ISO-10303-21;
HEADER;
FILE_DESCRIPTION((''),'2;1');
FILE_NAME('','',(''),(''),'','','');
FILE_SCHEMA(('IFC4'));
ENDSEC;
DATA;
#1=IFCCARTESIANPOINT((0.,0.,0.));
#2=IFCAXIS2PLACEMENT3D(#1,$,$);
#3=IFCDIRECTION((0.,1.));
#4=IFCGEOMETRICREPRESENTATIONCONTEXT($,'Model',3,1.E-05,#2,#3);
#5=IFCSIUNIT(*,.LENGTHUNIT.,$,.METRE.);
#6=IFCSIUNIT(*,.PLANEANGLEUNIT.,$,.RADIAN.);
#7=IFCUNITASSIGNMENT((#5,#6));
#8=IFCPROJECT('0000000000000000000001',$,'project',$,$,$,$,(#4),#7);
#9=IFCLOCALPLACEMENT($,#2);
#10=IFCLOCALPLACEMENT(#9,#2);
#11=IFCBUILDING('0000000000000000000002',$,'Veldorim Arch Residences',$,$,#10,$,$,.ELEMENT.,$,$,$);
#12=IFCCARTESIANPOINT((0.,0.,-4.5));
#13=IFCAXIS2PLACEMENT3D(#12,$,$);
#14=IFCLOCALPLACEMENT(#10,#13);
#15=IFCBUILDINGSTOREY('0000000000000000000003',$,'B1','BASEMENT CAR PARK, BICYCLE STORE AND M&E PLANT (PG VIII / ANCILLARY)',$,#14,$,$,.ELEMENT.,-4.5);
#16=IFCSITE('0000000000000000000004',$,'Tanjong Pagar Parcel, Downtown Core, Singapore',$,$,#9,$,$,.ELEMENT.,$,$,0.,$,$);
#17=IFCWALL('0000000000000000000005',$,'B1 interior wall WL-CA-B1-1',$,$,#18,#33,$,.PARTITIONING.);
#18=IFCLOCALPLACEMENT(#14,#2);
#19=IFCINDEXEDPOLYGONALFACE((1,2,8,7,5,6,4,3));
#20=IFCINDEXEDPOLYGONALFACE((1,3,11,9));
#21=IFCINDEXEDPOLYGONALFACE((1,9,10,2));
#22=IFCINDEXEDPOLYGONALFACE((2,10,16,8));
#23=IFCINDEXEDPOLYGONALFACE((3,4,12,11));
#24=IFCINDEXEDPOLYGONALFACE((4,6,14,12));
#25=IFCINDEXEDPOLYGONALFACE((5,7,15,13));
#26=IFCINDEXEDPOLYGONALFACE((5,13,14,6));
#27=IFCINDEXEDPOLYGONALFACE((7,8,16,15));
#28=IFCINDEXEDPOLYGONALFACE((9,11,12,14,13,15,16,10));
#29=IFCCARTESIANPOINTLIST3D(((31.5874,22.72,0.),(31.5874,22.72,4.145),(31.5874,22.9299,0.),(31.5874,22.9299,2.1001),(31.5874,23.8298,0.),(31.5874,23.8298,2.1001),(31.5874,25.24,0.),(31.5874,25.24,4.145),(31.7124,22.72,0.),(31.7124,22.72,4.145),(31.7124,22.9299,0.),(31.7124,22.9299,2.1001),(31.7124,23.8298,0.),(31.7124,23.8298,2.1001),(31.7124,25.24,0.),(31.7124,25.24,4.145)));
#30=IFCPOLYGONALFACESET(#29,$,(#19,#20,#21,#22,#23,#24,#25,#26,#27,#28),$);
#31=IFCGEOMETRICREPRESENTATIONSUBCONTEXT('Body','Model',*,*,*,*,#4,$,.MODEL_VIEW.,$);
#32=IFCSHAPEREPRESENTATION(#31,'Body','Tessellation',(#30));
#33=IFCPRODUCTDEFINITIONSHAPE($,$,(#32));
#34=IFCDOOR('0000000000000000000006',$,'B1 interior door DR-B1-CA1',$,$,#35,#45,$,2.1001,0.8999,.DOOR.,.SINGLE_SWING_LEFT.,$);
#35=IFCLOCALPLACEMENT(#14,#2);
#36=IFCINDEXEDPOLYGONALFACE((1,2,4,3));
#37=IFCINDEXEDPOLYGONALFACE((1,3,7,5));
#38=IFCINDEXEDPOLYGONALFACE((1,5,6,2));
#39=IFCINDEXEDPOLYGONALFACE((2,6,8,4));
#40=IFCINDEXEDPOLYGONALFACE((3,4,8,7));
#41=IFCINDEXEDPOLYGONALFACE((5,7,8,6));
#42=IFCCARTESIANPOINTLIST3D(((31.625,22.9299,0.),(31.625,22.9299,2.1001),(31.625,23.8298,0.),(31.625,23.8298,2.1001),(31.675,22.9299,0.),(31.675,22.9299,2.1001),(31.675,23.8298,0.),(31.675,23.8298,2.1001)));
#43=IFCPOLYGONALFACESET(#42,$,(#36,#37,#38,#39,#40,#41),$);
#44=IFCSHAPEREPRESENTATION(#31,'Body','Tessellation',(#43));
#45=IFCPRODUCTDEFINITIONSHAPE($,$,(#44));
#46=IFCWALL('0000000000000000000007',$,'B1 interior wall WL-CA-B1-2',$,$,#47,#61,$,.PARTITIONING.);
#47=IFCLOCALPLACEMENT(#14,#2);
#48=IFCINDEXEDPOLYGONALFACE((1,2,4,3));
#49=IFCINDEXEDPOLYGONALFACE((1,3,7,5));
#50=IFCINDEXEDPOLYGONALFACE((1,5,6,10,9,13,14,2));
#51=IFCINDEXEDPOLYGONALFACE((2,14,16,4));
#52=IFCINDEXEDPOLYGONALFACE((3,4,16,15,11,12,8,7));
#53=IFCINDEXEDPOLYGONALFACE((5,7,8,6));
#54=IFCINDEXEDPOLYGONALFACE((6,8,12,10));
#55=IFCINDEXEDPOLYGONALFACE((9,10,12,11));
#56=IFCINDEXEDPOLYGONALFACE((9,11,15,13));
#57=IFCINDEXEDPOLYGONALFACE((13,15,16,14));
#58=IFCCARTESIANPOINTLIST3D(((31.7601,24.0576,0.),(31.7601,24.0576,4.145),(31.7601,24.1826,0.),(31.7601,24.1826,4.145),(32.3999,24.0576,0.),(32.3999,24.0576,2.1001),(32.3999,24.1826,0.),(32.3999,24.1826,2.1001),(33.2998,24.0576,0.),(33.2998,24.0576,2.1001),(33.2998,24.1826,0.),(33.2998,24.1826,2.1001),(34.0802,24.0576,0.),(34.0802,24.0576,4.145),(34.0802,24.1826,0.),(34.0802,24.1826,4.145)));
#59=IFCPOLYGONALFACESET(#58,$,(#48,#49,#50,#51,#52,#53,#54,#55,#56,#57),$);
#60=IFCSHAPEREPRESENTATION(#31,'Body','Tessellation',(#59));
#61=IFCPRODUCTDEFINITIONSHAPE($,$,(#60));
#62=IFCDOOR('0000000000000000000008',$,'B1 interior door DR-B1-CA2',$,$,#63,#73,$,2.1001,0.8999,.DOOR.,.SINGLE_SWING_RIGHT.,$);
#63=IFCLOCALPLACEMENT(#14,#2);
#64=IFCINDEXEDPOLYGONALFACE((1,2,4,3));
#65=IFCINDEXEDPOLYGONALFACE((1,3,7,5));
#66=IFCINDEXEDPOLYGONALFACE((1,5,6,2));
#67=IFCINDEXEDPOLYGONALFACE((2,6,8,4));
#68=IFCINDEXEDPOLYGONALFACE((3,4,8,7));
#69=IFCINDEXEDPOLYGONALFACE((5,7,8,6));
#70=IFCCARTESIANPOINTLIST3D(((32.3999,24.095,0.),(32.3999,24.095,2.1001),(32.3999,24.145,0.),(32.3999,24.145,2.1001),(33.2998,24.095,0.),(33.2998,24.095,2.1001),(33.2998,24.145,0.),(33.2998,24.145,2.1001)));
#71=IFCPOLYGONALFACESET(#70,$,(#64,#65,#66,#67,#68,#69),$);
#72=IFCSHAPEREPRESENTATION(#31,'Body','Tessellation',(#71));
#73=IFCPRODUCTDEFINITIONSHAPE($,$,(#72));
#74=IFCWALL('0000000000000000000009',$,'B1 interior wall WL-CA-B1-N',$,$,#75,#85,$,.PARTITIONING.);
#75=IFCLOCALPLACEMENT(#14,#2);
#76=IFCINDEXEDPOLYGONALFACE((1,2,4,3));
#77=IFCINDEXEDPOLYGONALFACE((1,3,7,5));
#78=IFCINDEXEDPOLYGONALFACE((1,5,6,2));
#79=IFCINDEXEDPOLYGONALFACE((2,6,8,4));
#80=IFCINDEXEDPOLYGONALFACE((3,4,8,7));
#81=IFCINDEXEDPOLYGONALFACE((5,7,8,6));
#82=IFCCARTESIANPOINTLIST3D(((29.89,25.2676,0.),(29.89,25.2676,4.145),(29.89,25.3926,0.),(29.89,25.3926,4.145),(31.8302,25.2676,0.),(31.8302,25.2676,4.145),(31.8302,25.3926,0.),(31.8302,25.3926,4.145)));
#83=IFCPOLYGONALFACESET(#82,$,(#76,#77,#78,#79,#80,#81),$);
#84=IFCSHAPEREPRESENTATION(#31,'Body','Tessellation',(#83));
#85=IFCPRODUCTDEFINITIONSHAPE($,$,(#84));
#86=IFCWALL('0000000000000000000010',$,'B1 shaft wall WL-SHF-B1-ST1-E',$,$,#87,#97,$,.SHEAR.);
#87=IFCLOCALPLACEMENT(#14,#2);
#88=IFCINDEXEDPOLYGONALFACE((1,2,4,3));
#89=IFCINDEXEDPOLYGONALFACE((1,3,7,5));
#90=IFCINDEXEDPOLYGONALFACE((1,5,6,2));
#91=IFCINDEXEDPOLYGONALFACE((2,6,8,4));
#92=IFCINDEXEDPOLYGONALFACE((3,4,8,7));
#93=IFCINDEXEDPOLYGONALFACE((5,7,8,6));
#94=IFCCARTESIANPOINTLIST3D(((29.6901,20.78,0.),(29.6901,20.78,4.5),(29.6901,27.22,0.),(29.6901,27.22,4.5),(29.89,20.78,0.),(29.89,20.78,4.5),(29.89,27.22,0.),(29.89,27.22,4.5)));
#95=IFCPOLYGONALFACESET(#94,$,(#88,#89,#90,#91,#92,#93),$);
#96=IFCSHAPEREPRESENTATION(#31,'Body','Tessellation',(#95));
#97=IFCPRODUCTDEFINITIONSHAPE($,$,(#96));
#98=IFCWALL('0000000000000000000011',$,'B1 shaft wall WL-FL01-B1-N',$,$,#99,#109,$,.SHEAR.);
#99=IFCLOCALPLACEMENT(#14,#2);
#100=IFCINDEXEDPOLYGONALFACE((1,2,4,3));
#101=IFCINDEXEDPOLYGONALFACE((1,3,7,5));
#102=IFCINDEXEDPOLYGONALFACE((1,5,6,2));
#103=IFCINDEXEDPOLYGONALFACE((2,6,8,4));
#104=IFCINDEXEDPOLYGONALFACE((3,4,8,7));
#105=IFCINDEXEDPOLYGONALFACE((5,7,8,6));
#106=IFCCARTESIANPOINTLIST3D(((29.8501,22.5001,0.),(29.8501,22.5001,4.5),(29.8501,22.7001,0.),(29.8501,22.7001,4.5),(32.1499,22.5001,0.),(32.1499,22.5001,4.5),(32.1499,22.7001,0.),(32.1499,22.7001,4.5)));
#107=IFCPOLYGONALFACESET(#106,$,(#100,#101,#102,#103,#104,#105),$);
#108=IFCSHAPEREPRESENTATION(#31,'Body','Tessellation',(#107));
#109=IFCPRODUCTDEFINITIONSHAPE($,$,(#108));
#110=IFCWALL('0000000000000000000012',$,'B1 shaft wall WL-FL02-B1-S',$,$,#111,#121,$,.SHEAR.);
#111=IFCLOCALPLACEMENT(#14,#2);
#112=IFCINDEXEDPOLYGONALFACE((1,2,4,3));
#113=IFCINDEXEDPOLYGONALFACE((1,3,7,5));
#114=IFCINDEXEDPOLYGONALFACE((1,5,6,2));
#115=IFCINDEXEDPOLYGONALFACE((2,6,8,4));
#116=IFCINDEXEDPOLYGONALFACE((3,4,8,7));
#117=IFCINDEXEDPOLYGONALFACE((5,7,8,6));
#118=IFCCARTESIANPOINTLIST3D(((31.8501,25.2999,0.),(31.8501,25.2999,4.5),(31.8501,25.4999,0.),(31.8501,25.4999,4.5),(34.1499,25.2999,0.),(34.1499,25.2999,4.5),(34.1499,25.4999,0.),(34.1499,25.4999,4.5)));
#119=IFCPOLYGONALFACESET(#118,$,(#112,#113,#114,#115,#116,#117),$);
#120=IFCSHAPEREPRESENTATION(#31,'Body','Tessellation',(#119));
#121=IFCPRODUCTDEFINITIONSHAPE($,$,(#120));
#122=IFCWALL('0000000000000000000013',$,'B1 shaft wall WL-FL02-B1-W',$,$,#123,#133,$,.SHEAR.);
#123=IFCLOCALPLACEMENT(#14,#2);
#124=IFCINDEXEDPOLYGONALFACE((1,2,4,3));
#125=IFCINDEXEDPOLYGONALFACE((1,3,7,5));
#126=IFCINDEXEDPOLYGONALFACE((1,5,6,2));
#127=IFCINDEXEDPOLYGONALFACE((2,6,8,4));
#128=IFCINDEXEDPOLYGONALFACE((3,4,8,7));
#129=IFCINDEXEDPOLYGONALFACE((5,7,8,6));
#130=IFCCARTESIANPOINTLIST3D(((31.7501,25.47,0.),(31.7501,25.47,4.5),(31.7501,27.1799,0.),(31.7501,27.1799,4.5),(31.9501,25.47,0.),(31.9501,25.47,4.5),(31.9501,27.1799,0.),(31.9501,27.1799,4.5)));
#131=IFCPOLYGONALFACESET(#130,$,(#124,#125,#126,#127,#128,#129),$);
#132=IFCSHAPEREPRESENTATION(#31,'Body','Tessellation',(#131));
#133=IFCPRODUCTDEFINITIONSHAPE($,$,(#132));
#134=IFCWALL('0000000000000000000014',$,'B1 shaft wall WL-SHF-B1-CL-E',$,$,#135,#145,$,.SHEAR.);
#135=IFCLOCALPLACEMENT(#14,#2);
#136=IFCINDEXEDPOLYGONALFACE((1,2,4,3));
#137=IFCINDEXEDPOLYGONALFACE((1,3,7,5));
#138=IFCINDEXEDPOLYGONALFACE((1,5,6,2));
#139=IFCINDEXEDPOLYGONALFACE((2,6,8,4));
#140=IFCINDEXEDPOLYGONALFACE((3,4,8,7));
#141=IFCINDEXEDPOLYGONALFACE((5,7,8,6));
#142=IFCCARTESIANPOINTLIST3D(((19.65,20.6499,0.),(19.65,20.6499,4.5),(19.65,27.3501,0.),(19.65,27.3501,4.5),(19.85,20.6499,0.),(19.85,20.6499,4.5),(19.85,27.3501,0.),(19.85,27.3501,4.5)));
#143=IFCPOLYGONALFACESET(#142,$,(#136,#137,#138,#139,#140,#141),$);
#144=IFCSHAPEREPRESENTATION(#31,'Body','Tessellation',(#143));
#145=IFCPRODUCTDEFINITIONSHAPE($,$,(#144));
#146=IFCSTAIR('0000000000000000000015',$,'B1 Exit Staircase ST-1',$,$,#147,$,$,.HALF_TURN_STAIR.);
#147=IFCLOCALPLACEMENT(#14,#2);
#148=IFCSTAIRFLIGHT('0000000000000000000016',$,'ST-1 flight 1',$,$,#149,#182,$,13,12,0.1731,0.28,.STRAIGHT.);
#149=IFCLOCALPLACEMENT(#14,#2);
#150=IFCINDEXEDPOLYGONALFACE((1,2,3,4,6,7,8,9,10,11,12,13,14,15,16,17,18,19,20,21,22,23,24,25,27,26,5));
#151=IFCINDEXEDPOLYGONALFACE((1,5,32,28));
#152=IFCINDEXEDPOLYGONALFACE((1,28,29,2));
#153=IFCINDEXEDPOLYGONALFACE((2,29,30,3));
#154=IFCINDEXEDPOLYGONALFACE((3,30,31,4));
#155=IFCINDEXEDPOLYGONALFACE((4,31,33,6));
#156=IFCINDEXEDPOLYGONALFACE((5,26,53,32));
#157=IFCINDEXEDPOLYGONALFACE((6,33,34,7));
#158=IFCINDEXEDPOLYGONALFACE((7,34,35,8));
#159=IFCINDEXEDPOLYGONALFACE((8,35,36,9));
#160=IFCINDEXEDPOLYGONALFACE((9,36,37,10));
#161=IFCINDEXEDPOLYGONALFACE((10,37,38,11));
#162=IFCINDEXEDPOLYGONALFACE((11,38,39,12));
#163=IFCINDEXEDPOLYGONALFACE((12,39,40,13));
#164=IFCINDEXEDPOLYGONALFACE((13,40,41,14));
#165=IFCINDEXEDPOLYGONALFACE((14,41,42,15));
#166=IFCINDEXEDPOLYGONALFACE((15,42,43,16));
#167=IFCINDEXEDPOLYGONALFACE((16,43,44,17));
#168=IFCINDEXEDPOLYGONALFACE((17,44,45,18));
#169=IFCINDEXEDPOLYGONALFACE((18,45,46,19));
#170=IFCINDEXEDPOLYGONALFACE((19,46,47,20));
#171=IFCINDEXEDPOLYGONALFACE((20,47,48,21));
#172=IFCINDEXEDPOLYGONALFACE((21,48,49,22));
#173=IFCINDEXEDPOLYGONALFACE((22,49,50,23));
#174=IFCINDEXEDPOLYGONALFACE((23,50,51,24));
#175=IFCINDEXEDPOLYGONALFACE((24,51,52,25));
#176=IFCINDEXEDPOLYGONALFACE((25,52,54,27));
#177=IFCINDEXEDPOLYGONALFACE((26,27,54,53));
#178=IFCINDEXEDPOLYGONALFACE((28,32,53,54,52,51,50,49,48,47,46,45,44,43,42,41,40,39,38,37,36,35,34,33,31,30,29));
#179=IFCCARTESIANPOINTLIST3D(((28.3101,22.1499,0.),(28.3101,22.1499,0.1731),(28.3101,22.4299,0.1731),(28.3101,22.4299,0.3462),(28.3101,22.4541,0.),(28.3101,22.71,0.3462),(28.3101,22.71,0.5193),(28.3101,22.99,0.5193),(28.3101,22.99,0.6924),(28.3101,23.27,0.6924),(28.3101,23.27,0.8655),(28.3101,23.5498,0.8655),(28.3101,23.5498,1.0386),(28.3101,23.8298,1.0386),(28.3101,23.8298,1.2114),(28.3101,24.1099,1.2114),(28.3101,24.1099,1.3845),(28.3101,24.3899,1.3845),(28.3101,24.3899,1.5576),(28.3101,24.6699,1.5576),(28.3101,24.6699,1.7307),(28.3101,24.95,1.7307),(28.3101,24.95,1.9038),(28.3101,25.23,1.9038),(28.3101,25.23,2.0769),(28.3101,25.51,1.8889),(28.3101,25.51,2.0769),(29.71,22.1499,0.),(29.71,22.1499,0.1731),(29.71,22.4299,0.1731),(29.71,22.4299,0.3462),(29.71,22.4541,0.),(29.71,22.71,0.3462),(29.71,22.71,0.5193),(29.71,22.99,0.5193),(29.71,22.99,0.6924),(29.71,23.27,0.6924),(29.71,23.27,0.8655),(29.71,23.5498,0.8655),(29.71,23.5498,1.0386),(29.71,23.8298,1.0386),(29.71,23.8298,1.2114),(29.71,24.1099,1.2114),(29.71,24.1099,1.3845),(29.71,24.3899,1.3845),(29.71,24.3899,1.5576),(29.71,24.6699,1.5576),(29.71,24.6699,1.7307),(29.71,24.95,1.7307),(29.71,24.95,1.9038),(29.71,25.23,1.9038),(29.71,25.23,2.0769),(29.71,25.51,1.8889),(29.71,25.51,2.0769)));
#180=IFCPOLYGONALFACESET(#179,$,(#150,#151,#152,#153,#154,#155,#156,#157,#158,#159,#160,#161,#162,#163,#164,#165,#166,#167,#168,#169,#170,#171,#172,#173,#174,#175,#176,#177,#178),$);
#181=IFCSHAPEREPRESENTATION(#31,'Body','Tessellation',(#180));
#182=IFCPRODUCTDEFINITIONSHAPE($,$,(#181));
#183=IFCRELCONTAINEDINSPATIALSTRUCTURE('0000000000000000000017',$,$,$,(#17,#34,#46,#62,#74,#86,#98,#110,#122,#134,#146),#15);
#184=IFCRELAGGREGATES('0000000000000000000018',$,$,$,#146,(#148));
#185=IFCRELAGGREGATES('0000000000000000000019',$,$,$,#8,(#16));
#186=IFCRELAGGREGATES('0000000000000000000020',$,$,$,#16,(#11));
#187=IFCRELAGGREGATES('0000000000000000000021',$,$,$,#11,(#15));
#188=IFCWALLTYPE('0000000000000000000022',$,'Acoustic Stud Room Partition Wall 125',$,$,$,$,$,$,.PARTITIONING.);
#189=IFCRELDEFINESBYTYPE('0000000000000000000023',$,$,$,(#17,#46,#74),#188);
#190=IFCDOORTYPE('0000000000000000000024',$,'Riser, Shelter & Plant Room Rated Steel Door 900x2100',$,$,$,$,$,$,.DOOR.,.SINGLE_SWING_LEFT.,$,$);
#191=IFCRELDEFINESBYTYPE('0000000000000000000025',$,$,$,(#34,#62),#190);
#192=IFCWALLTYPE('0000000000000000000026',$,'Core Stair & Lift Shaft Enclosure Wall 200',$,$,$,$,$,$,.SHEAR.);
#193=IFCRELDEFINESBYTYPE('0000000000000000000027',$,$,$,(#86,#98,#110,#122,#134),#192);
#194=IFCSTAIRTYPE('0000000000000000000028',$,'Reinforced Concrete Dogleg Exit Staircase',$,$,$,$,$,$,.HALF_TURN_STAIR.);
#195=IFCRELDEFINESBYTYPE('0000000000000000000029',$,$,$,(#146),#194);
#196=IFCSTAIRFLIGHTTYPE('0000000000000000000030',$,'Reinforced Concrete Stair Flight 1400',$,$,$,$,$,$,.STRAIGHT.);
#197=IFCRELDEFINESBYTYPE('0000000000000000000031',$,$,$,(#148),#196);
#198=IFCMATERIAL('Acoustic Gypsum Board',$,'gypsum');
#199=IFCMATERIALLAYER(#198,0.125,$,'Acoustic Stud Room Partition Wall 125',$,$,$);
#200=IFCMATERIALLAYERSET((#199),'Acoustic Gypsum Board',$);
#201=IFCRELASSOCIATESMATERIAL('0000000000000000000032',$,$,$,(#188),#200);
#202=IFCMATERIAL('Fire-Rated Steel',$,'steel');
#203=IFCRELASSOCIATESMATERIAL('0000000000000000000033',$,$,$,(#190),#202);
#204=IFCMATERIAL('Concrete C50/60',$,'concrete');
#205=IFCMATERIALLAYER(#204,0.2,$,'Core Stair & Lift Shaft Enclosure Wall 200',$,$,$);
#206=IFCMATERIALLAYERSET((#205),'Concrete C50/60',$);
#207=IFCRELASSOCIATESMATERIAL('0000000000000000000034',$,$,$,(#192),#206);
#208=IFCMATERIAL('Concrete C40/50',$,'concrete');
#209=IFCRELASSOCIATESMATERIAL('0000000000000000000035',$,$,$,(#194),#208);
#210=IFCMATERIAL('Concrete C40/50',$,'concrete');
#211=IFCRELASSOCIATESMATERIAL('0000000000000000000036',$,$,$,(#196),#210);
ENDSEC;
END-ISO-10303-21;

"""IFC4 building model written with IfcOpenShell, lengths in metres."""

from ifc_helpers import new_model, si_unit, direction, frame, frame_2d, origin, place, context, subcontext, project, spatial, polyline, rectangle, outline, extrude, material, layer, layer_set, type_object, element, fill, aggregate, save


model = new_model("IFC4")

# Units and contexts
model_context = context("Model", 3, precision=1e-05, world=origin(), true_north=direction((0.0, 1.0)))
body_context = subcontext(model_context, "Body", "Model", "MODEL_VIEW")
ifc_project = project(units=[si_unit("LENGTHUNIT", "METRE"), si_unit("PLANEANGLEUNIT", "RADIAN")], contexts=[model_context])

# Site, building, storey
site_placement = place(None, origin())
site = spatial("IfcSite", under=ifc_project, at=site_placement, Name="Tanjong Pagar Parcel, Downtown Core, Singapore", CompositionType="ELEMENT", RefElevation=0.0)
building_placement = place(site_placement, origin())
building = spatial("IfcBuilding", under=site, at=building_placement, Name="Veldorim Arch Residences", CompositionType="ELEMENT")
storey_placement = place(building_placement, frame((0.0, 0.0, -4.5)))
storey = spatial("IfcBuildingStorey", under=building, at=storey_placement, Name="B1", Description="BASEMENT CAR PARK, BICYCLE STORE AND M&E PLANT (PG VIII / ANCILLARY)", CompositionType="ELEMENT", Elevation=-4.5)

# Walls, openings, doors
ifc_material_1 = material(Name="Acoustic Gypsum Board", Category="gypsum")
ifc_layer_1 = layer(ifc_material_1, 0.125, Name="Acoustic Stud Room Partition Wall 125")
ifc_layer_set_1 = layer_set([ifc_layer_1], Name="Acoustic Gypsum Board")
wall_type_1 = type_object("IfcWallType", Name="Acoustic Stud Room Partition Wall 125", PredefinedType="PARTITIONING", material=ifc_layer_set_1)
wall_1_placement = place(storey_placement, frame((31.6499, 22.72, 0.0), z_axis=(0.0, 0.0, 1.0), x_axis=(0.0, 1.0, 0.0)))
wall_1 = element("IfcWall", 1, at=wall_1_placement, inside=storey, type_object=wall_type_1, Name="B1 interior wall WL-CA-B1-1", PredefinedType="PARTITIONING", context=body_context, shape_type="SweptSolid", body=[
    extrude(rectangle(XDim=2.52, YDim=0.125, at=frame_2d((1.26, 0.0))), origin(), (0.0, 0.0, 1.0), 4.145),
])
opening_1_placement = place(wall_1_placement, frame((0.21, 0.0, 0.0)))
opening_1 = element("IfcOpeningElement", 2, at=opening_1_placement, cuts=wall_1, PredefinedType="OPENING", context=body_context, shape_type="SweptSolid", body=[
    extrude(rectangle(XDim=0.8999, YDim=2.1001, at=frame_2d((0.45, 1.05))), frame((0.0, 0.0725, 0.0), z_axis=(0.0, -1.0, 0.0), x_axis=(1.0, 0.0, 0.0)), (0.0, 0.0, 1.0), 0.145),
])
ifc_material_2 = material(Name="Fire-Rated Steel", Category="steel")
door_type_1 = type_object("IfcDoorType", Name="Riser, Shelter & Plant Room Rated Steel Door 900x2100", OperationType="SINGLE_SWING_LEFT", PredefinedType="DOOR", material=ifc_material_2)
door_1_placement = place(opening_1_placement, origin())
door_1 = element("IfcDoor", 3, at=door_1_placement, inside=storey, type_object=door_type_1, Name="B1 interior door DR-B1-CA1", OperationType="SINGLE_SWING_LEFT", OverallHeight=2.1001, OverallWidth=0.8999, PredefinedType="DOOR", context=body_context, shape_type="SweptSolid", body=[
    extrude(rectangle(XDim=0.8999, YDim=2.1001, at=frame_2d((0.45, 1.05))), frame((0.0, 0.0249, 0.0), z_axis=(0.0, -1.0, 0.0), x_axis=(1.0, 0.0, 0.0)), (0.0, 0.0, 1.0), 0.05),
])
fill(opening_1, door_1)
wall_2_placement = place(storey_placement, frame((31.76, 24.1201, 0.0), z_axis=(0.0, 0.0, 1.0), x_axis=(1.0, 0.0, 0.0)))
wall_2 = element("IfcWall", 4, at=wall_2_placement, inside=storey, type_object=wall_type_1, Name="B1 interior wall WL-CA-B1-2", PredefinedType="PARTITIONING", context=body_context, shape_type="SweptSolid", body=[
    extrude(rectangle(XDim=2.3201, YDim=0.125, at=frame_2d((1.1602, 0.0))), origin(), (0.0, 0.0, 1.0), 4.145),
])
opening_2_placement = place(wall_2_placement, frame((0.6399, 0.0, 0.0)))
opening_2 = element("IfcOpeningElement", 5, at=opening_2_placement, cuts=wall_2, PredefinedType="OPENING", context=body_context, shape_type="SweptSolid", body=[
    extrude(rectangle(XDim=0.8999, YDim=2.1001, at=frame_2d((0.45, 1.05))), frame((0.0, 0.0725, 0.0), z_axis=(0.0, -1.0, 0.0), x_axis=(1.0, 0.0, 0.0)), (0.0, 0.0, 1.0), 0.145),
])
door_2_placement = place(opening_2_placement, origin())
door_2 = element("IfcDoor", 6, at=door_2_placement, inside=storey, type_object=door_type_1, Name="B1 interior door DR-B1-CA2", OperationType="SINGLE_SWING_RIGHT", OverallHeight=2.1001, OverallWidth=0.8999, PredefinedType="DOOR", context=body_context, shape_type="SweptSolid", body=[
    extrude(rectangle(XDim=0.8999, YDim=2.1001, at=frame_2d((0.45, 1.05))), frame((0.0, 0.0249, 0.0), z_axis=(0.0, -1.0, 0.0), x_axis=(1.0, 0.0, 0.0)), (0.0, 0.0, 1.0), 0.05),
])
fill(opening_2, door_2)

# Walls
wall_3_placement = place(storey_placement, frame((29.8899, 25.3301, 0.0), z_axis=(0.0, 0.0, 1.0), x_axis=(1.0, 0.0, 0.0)))
element("IfcWall", 7, at=wall_3_placement, inside=storey, type_object=wall_type_1, Name="B1 interior wall WL-CA-B1-N", PredefinedType="PARTITIONING", context=body_context, shape_type="SweptSolid", body=[
    extrude(rectangle(XDim=1.9402, YDim=0.125, at=frame_2d((0.9702, 0.0))), origin(), (0.0, 0.0, 1.0), 4.145),
])
ifc_material_3 = material(Name="Concrete C50/60", Category="concrete")
ifc_layer_2 = layer(ifc_material_3, 0.2, Name="Core Stair & Lift Shaft Enclosure Wall 200")
ifc_layer_set_2 = layer_set([ifc_layer_2], Name="Concrete C50/60")
wall_type_2 = type_object("IfcWallType", Name="Core Stair & Lift Shaft Enclosure Wall 200", PredefinedType="SHEAR", material=ifc_layer_set_2)
wall_4_placement = place(storey_placement, frame((29.79, 20.78, 0.0), z_axis=(0.0, 0.0, 1.0), x_axis=(0.0, 1.0, 0.0)))
element("IfcWall", 8, at=wall_4_placement, inside=storey, type_object=wall_type_2, Name="B1 shaft wall WL-SHF-B1-ST1-E", PredefinedType="SHEAR", context=body_context, shape_type="SweptSolid", body=[
    extrude(rectangle(XDim=6.4399, YDim=0.2, at=frame_2d((3.22, 0.0))), origin(), (0.0, 0.0, 1.0), 4.5),
])

# Walls
for number, where, z_axis, x_axis, name in (
    (9, (29.8501, 22.6001, 0.0), (0.0, 0.0, 1.0), (1.0, 0.0, 0.0), "B1 shaft wall WL-FL01-B1-N"),
    (10, (31.8501, 25.3999, 0.0), (0.0, 0.0, 1.0), (1.0, 0.0, 0.0), "B1 shaft wall WL-FL02-B1-S"),
):
    element("IfcWall", number, at=place(storey_placement, frame(where, z_axis=z_axis, x_axis=x_axis)), inside=storey, type_object=wall_type_2, Name=name, PredefinedType="SHEAR", context=body_context, shape_type="SweptSolid", body=[
        extrude(rectangle(XDim=2.2998, YDim=0.2, at=frame_2d((1.1499, 0.0))), origin(), (0.0, 0.0, 1.0), 4.5),
    ])
wall_5_placement = place(storey_placement, frame((31.8501, 25.47, 0.0), z_axis=(0.0, 0.0, 1.0), x_axis=(0.0, 1.0, 0.0)))
element("IfcWall", 11, at=wall_5_placement, inside=storey, type_object=wall_type_2, Name="B1 shaft wall WL-FL02-B1-W", PredefinedType="SHEAR", context=body_context, shape_type="SweptSolid", body=[
    extrude(rectangle(XDim=1.71, YDim=0.2, at=frame_2d((0.855, 0.0))), origin(), (0.0, 0.0, 1.0), 4.5),
])
wall_6_placement = place(storey_placement, frame((19.75, 20.6499, 0.0), z_axis=(0.0, 0.0, 1.0), x_axis=(0.0, 1.0, 0.0)))
element("IfcWall", 12, at=wall_6_placement, inside=storey, type_object=wall_type_2, Name="B1 shaft wall WL-SHF-B1-CL-E", PredefinedType="SHEAR", context=body_context, shape_type="SweptSolid", body=[
    extrude(rectangle(XDim=6.7002, YDim=0.2, at=frame_2d((3.3501, 0.0))), origin(), (0.0, 0.0, 1.0), 4.5),
])

# Stair, stair flight
ifc_material_4 = material(Name="Concrete C40/50", Category="concrete")
stair_type = type_object("IfcStairType", Name="Reinforced Concrete Dogleg Exit Staircase", PredefinedType="HALF_TURN_STAIR", material=ifc_material_4)
stair_placement = place(storey_placement, origin())
stair = element("IfcStair", 13, at=stair_placement, inside=storey, type_object=stair_type, Name="B1 Exit Staircase ST-1", PredefinedType="HALF_TURN_STAIR")
ifc_material_5 = material(Name="Concrete C40/50", Category="concrete")
stair_flight_type = type_object("IfcStairFlightType", Name="Reinforced Concrete Stair Flight 1400", PredefinedType="STRAIGHT", material=ifc_material_5)
stair_flight_placement = place(storey_placement, frame((29.01, 22.1499, 0.0), z_axis=(0.0, 0.0, 1.0), x_axis=(0.0, 1.0, 0.0)))
stair_flight = element("IfcStairFlight", 14, at=stair_flight_placement, type_object=stair_flight_type, Name="ST-1 flight 1", NumberOfRisers=13, NumberOfTreads=12, PredefinedType="STRAIGHT", RiserHeight=0.1731, TreadLength=0.28, context=body_context, shape_type="SweptSolid", body=[
    extrude(outline(polyline([(0.0, 0.0), (0.0, 0.1731), (0.28, 0.1731), (0.28, 0.3462), (0.5601, 0.3462), (0.5601, 0.5193), (0.8401, 0.5193), (0.8401, 0.6924), (1.1201, 0.6924), (1.1201, 0.8655), (1.3999, 0.8655), (1.3999, 1.0386), (1.6799, 1.0386), (1.6799, 1.2114), (1.96, 1.2114), (1.96, 1.3845), (2.24, 1.3845), (2.24, 1.5576), (2.52, 1.5576), (2.52, 1.7307), (2.8, 1.7307), (2.8, 1.9038), (3.0801, 1.9038), (3.0801, 2.0769), (3.3601, 2.0769), (3.3601, 2.25), (3.3601, 1.8889), (0.3042, 0.0), (0.0, 0.0)])), frame((0.0, 0.7, 0.0), z_axis=(0.0, -1.0, 0.0), x_axis=(1.0, 0.0, 0.0)), (0.0, 0.0, 1.0), 1.3999),
])
aggregate(stair, [stair_flight])

save(model, "model.ifc")
